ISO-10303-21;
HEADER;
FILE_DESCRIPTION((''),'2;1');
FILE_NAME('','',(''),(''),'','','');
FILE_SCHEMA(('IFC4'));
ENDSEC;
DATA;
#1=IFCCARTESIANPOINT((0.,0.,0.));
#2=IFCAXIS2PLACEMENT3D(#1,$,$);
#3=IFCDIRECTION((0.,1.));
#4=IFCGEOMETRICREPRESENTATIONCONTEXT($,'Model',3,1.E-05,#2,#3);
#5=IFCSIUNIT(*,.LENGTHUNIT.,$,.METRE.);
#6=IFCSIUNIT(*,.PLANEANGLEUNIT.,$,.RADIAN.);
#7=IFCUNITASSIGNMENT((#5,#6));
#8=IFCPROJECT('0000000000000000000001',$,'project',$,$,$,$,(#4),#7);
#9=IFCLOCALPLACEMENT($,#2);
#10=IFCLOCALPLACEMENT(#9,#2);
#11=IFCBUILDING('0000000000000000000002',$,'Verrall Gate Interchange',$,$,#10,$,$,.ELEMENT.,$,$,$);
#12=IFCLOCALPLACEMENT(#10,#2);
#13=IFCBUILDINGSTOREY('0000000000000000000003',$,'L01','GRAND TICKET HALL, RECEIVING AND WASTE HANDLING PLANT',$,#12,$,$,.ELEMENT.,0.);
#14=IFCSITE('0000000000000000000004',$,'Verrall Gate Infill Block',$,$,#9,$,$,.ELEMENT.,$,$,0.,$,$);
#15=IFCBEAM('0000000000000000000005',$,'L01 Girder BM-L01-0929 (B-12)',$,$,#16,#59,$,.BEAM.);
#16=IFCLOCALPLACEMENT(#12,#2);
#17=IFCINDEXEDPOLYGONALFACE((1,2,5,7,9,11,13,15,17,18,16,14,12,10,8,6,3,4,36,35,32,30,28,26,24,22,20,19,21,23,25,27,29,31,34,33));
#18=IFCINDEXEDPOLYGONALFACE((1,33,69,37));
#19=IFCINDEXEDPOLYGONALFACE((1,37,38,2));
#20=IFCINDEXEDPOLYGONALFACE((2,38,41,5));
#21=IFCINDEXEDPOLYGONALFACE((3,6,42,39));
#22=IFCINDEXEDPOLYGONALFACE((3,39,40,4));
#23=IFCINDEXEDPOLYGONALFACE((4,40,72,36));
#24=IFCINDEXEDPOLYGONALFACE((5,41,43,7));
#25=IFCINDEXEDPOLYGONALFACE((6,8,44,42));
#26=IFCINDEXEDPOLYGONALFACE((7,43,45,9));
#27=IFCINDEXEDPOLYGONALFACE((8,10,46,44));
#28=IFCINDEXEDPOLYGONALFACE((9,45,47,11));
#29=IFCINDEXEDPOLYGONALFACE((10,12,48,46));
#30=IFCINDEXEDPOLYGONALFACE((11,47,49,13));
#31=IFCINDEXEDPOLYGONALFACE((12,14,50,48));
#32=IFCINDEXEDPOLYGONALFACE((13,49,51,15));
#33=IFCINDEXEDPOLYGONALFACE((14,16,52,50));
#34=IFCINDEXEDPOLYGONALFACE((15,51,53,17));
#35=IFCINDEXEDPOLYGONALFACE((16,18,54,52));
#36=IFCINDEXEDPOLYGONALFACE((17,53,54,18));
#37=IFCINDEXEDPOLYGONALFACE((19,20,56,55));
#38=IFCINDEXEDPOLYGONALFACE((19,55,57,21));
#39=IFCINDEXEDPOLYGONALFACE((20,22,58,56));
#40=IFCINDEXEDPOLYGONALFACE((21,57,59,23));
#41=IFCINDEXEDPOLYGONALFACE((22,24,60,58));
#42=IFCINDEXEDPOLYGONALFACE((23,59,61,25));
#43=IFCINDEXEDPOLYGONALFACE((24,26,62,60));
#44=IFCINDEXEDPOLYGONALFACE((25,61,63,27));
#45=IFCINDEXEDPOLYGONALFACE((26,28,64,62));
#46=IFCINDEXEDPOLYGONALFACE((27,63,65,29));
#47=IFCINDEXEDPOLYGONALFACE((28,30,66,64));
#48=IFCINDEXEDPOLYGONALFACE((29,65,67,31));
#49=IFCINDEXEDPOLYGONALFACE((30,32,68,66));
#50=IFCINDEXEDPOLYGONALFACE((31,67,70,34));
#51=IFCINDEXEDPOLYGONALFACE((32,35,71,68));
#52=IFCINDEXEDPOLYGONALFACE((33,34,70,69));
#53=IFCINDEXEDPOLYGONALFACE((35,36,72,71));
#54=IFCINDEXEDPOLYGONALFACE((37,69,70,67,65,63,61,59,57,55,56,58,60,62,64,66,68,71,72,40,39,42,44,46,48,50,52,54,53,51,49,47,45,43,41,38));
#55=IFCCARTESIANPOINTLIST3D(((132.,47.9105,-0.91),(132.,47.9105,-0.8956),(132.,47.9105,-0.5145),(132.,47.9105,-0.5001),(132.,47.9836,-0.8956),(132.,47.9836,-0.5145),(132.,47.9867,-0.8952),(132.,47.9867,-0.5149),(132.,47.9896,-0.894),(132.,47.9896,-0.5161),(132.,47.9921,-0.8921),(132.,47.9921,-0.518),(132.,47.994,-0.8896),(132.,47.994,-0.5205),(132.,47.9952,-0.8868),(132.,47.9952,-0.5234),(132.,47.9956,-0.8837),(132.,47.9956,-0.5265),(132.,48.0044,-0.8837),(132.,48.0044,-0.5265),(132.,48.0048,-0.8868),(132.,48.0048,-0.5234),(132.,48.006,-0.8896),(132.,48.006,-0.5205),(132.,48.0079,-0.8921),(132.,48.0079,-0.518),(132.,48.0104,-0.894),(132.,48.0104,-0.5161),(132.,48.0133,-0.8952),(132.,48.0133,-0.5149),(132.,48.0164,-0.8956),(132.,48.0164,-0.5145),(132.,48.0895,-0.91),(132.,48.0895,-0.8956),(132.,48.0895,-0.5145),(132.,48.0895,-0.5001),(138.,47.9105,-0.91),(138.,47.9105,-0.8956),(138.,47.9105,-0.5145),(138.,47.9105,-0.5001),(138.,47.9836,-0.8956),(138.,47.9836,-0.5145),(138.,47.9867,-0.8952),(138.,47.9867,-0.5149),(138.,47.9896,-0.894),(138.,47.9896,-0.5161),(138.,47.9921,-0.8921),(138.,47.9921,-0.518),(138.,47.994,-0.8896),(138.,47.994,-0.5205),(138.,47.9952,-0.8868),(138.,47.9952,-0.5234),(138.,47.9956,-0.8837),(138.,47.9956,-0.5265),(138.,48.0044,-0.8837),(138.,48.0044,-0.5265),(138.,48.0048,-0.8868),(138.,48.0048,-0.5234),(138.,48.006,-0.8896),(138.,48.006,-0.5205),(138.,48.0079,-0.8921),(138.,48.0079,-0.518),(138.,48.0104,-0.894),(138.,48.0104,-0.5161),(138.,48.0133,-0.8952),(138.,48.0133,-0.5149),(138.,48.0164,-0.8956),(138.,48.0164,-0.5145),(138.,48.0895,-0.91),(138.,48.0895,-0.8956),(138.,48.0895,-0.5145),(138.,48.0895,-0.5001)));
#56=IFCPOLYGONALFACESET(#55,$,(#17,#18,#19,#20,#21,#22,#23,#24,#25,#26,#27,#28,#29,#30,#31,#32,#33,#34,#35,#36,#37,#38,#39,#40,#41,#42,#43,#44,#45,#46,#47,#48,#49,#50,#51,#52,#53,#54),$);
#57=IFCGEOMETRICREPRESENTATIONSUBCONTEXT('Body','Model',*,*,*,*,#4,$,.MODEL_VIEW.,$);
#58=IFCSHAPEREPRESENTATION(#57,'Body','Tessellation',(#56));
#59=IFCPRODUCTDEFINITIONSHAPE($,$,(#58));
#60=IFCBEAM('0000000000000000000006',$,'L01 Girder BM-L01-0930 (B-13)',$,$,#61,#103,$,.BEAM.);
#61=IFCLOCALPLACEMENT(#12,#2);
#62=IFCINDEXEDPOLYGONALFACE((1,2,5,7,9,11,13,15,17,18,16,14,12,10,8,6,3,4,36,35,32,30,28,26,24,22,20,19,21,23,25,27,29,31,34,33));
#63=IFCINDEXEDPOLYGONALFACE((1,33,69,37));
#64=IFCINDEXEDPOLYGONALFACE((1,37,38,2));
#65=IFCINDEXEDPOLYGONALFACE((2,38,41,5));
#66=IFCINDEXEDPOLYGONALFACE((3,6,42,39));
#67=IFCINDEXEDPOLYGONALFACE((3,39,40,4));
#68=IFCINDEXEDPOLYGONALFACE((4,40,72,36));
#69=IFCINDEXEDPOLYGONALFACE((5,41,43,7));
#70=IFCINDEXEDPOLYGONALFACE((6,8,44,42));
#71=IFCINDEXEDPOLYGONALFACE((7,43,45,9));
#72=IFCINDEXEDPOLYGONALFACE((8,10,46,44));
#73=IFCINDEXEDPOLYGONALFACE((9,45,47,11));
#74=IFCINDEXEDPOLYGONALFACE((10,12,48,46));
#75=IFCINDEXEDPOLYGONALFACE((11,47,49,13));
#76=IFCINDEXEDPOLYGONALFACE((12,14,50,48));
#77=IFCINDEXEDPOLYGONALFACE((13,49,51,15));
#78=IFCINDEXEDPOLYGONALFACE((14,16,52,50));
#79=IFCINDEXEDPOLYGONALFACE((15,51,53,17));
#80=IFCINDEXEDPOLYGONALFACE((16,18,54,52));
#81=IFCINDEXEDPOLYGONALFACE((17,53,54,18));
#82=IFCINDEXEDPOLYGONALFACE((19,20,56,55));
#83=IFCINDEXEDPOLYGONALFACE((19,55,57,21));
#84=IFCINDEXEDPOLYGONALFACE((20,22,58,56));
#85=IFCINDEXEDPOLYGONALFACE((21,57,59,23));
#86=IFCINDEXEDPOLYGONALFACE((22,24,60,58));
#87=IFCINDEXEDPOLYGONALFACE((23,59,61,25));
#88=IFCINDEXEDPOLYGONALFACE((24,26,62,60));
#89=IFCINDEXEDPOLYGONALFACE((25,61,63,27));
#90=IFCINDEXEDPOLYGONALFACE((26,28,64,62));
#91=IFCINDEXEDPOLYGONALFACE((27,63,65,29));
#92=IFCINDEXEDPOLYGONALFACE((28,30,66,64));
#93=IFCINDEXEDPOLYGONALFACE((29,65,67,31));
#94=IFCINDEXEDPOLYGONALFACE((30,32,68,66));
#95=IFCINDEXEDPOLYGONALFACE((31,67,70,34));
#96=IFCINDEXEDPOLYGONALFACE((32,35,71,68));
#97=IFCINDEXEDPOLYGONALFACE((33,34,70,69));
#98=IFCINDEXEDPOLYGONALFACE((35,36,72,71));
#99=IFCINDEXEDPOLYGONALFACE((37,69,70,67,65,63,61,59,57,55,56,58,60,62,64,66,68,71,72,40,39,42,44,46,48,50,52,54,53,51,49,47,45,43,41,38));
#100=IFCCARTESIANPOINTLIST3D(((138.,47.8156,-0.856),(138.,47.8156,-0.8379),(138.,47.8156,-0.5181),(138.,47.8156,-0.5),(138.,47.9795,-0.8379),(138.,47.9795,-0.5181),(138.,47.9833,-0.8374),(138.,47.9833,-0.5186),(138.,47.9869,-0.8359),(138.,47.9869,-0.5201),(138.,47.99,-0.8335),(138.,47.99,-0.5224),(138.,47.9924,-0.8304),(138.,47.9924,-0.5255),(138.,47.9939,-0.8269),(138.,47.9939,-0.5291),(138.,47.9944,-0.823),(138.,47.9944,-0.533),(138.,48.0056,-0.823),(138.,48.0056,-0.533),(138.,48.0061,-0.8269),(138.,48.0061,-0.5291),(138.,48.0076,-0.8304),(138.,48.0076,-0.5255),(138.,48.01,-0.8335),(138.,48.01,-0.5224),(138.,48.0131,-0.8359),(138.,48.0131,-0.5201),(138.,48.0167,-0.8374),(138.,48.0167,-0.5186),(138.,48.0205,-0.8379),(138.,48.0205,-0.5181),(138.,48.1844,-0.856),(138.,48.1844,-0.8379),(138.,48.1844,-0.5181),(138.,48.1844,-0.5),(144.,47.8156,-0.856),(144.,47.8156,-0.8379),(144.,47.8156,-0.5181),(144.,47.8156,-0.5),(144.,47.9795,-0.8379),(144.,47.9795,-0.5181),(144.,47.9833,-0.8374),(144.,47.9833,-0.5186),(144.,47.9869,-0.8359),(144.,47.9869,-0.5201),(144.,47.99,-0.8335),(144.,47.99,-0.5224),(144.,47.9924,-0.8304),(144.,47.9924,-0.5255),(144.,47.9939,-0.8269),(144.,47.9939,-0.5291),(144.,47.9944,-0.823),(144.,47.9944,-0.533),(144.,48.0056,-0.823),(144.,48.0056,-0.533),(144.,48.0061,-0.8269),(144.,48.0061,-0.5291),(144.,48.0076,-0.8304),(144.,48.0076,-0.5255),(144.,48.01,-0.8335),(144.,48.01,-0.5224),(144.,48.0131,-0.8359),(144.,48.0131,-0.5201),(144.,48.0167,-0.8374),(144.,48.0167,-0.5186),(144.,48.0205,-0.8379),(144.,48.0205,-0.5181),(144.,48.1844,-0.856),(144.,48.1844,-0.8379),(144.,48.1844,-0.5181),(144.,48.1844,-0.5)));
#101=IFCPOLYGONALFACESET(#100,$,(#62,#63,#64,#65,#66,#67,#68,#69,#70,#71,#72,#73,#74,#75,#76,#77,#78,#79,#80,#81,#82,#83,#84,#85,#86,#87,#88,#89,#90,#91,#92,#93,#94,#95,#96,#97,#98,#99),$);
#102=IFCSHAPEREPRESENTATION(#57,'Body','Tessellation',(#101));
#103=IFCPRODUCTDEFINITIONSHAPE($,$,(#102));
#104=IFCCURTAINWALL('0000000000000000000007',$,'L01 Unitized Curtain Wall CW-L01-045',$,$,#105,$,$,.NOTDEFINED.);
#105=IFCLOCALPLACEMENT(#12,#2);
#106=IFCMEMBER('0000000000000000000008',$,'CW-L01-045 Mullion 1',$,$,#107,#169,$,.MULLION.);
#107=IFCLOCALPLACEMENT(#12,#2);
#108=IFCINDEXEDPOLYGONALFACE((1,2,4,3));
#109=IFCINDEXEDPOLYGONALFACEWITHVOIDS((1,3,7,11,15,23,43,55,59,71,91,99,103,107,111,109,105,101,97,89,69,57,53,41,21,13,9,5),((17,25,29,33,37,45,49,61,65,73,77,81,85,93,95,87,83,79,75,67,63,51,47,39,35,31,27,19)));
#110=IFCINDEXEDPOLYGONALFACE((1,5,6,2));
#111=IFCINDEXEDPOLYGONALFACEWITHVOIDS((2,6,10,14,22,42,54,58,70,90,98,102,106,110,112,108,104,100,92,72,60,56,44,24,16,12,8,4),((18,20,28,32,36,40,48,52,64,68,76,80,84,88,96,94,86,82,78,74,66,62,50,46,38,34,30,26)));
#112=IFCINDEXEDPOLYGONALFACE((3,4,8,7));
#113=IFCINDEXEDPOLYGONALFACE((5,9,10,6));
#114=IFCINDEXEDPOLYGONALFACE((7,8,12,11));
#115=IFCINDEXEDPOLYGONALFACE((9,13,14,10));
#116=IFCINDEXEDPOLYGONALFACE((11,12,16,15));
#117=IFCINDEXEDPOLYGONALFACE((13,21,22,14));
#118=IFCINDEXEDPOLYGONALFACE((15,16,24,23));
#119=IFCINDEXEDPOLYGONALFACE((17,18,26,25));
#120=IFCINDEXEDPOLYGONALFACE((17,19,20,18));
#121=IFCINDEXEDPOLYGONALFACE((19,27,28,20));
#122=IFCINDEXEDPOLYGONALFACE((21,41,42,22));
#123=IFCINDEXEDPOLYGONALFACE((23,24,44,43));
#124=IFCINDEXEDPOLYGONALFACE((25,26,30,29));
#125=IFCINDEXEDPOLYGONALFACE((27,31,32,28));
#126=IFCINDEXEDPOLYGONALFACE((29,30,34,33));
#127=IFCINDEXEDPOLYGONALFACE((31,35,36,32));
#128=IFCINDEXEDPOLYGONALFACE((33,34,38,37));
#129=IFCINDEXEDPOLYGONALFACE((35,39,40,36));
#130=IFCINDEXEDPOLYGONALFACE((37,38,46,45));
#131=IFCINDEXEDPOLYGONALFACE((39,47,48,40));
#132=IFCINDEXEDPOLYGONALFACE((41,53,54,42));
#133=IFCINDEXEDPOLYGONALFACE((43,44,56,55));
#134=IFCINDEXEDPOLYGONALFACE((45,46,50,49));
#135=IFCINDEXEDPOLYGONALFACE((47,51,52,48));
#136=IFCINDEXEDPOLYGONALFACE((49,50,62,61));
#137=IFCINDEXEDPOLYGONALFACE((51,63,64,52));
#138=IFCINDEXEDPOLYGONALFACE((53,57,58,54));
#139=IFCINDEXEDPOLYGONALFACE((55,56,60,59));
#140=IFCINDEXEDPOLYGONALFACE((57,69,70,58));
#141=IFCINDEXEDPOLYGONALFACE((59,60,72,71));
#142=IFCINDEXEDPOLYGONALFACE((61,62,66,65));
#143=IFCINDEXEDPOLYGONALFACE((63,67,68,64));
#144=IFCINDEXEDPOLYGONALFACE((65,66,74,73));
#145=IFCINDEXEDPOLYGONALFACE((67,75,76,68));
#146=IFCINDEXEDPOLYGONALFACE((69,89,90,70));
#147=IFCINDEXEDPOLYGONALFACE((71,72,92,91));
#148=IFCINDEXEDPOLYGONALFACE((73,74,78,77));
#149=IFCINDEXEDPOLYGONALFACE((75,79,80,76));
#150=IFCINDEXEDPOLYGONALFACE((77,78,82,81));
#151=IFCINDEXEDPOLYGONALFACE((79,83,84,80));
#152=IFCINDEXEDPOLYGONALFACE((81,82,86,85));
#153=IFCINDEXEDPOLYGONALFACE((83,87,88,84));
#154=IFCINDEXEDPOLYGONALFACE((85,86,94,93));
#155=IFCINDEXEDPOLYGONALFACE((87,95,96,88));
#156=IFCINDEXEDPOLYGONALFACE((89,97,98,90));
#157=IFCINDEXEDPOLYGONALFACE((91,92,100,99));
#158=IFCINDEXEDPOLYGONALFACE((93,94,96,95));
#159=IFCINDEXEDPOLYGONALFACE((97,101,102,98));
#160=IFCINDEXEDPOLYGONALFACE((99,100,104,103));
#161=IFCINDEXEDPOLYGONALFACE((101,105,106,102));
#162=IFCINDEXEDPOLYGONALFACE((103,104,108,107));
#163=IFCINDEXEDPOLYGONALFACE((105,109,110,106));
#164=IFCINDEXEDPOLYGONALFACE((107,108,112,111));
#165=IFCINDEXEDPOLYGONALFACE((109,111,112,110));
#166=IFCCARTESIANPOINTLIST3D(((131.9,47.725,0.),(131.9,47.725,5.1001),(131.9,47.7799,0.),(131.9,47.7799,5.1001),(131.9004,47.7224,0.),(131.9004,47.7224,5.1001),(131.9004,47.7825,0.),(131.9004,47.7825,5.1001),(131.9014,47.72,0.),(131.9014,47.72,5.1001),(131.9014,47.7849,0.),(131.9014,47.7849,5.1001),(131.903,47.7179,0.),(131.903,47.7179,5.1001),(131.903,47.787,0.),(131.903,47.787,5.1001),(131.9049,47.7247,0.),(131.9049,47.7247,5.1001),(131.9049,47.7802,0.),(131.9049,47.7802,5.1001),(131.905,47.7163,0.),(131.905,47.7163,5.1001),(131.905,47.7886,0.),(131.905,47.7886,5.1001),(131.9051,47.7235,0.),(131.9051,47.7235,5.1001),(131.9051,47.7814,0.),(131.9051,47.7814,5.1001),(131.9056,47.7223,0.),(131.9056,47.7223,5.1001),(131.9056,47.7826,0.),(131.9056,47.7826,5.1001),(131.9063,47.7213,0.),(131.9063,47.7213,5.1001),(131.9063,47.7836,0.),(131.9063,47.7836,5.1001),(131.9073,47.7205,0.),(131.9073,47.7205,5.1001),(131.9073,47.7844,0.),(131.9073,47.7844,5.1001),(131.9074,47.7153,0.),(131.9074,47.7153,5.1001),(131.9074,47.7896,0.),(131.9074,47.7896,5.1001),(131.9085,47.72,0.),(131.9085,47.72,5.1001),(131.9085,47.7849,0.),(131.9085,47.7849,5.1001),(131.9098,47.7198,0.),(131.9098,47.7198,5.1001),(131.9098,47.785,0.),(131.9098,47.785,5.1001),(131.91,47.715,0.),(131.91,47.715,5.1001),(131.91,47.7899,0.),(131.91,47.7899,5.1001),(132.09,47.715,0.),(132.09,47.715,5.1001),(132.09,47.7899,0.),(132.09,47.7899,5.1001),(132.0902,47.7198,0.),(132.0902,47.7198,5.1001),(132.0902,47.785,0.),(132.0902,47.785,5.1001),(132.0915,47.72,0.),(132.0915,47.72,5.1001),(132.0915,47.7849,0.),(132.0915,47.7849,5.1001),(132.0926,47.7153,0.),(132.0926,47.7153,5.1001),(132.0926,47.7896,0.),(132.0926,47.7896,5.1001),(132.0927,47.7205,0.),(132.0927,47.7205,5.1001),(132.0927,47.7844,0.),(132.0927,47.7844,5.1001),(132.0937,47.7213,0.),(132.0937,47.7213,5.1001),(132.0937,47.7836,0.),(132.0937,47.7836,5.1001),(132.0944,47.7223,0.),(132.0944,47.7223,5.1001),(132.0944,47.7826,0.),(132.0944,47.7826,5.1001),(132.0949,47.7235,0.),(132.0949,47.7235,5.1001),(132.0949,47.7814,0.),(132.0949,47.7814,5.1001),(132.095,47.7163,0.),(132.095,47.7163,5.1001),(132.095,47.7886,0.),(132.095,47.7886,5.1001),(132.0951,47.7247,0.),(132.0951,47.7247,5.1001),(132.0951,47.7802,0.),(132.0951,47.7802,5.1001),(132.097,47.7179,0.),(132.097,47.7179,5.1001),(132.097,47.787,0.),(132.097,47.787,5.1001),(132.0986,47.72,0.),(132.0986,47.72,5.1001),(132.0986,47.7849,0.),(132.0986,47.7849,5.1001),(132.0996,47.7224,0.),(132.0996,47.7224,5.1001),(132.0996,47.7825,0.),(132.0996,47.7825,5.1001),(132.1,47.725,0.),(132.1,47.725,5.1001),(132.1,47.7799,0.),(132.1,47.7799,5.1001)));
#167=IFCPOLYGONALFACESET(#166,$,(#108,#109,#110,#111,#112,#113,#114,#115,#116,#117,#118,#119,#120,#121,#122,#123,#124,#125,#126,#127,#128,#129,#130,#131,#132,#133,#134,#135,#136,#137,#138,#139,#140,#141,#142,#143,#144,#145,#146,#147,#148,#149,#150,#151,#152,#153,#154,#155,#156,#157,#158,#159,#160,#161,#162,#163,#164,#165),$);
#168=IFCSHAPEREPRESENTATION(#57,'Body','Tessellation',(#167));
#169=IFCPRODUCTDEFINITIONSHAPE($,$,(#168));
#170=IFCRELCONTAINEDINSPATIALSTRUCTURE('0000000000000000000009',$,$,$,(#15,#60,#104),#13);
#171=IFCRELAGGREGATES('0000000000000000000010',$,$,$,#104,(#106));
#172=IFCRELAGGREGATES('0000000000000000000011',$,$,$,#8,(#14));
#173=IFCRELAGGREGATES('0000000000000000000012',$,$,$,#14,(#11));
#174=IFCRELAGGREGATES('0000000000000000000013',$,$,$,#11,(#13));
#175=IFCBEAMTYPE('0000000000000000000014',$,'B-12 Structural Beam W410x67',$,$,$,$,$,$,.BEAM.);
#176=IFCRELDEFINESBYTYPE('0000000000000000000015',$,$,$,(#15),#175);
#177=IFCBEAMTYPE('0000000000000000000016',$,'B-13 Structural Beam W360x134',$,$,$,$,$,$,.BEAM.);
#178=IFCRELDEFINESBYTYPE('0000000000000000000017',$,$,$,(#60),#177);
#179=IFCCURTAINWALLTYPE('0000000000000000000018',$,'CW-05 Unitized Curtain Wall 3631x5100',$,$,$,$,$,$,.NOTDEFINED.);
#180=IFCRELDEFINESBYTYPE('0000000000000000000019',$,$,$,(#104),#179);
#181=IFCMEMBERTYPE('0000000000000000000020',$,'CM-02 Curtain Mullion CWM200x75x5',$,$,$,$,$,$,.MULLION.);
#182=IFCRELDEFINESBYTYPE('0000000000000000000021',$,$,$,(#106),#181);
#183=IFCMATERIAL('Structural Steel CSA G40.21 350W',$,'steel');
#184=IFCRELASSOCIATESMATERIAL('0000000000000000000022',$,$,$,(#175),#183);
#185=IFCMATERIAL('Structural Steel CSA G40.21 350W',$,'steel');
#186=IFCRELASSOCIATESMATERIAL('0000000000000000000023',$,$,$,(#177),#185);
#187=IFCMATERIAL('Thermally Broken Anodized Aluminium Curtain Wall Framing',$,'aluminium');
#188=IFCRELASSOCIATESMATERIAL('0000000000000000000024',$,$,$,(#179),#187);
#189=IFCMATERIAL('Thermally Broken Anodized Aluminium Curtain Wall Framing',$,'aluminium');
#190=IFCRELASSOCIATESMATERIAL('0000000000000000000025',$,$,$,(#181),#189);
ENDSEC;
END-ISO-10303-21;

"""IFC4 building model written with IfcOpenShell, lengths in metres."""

from ifc_helpers import new_model, si_unit, direction, frame, origin, origin_2d, place, context, subcontext, project, spatial, hollow_rectangle, i_section, extrude, material, material_profile, profile_set, type_object, element, aggregate, save


model = new_model("IFC4")

# Units and contexts
model_context = context("Model", 3, precision=1e-05, world=origin(), true_north=direction((0.0, 1.0)))
body_context = subcontext(model_context, "Body", "Model", "MODEL_VIEW")
ifc_project = project(units=[si_unit("LENGTHUNIT", "METRE"), si_unit("PLANEANGLEUNIT", "RADIAN")], contexts=[model_context])

# Site, building, storey
site_placement = place(None, origin())
site = spatial("IfcSite", under=ifc_project, at=site_placement, Name="Verrall Gate Infill Block", CompositionType="ELEMENT", RefElevation=0.0)
building_placement = place(site_placement, origin())
building = spatial("IfcBuilding", under=site, at=building_placement, Name="Verrall Gate Interchange", CompositionType="ELEMENT")
storey_placement = place(building_placement, origin())
storey = spatial("IfcBuildingStorey", under=building, at=storey_placement, Name="L01", Description="GRAND TICKET HALL, RECEIVING AND WASTE HANDLING PLANT", CompositionType="ELEMENT", Elevation=0.0)

# Beams
ifc_material_1 = material(Name="Structural Steel CSA G40.21 350W", Category="steel")
ifc_material_profile_1 = material_profile(ifc_material_1, i_section(OverallWidth=0.179, OverallDepth=0.4099, WebThickness=0.0088, FlangeThickness=0.0144, FilletRadius=0.012, at=origin_2d()), Name="W410x67")
ifc_profile_set_1 = profile_set([ifc_material_profile_1], Name="Structural Steel CSA G40.21 350W")
beam_type_1 = type_object("IfcBeamType", Name="B-12 Structural Beam W410x67", PredefinedType="BEAM", material=ifc_profile_set_1)
beam_1_placement = place(storey_placement, frame((132.0, 48.0, -0.7051), z_axis=(1.0, 0.0, 0.0), x_axis=(0.0, 1.0, 0.0)))
element("IfcBeam", 1, at=beam_1_placement, inside=storey, type_object=beam_type_1, Name="L01 Girder BM-L01-0929 (B-12)", PredefinedType="BEAM", context=body_context, shape_type="SweptSolid", body=[
    extrude(i_section(OverallWidth=0.179, OverallDepth=0.4099, WebThickness=0.0088, FlangeThickness=0.0144, FilletRadius=0.012, at=origin_2d()), origin(), (0.0, 0.0, 1.0), 6.0),
])
ifc_material_2 = material(Name="Structural Steel CSA G40.21 350W", Category="steel")
ifc_material_profile_2 = material_profile(ifc_material_2, i_section(OverallWidth=0.3689, OverallDepth=0.356, WebThickness=0.0112, FlangeThickness=0.0181, FilletRadius=0.0149, at=origin_2d()), Name="W360x134")
ifc_profile_set_2 = profile_set([ifc_material_profile_2], Name="Structural Steel CSA G40.21 350W")
beam_type_2 = type_object("IfcBeamType", Name="B-13 Structural Beam W360x134", PredefinedType="BEAM", material=ifc_profile_set_2)
beam_2_placement = place(storey_placement, frame((138.0, 48.0, -0.678), z_axis=(1.0, 0.0, 0.0), x_axis=(0.0, 1.0, 0.0)))
element("IfcBeam", 2, at=beam_2_placement, inside=storey, type_object=beam_type_2, Name="L01 Girder BM-L01-0930 (B-13)", PredefinedType="BEAM", context=body_context, shape_type="SweptSolid", body=[
    extrude(i_section(OverallWidth=0.3689, OverallDepth=0.356, WebThickness=0.0112, FlangeThickness=0.0181, FilletRadius=0.0149, at=origin_2d()), origin(), (0.0, 0.0, 1.0), 6.0),
])

# Curtain wall, member
ifc_material_3 = material(Name="Thermally Broken Anodized Aluminium Curtain Wall Framing", Category="aluminium")
curtain_wall_type = type_object("IfcCurtainWallType", Name="CW-05 Unitized Curtain Wall 3631x5100", PredefinedType="NOTDEFINED", material=ifc_material_3)
curtain_wall_placement = place(storey_placement, origin())
curtain_wall = element("IfcCurtainWall", 3, at=curtain_wall_placement, inside=storey, type_object=curtain_wall_type, Name="L01 Unitized Curtain Wall CW-L01-045", PredefinedType="NOTDEFINED")
ifc_material_4 = material(Name="Thermally Broken Anodized Aluminium Curtain Wall Framing", Category="aluminium")
ifc_material_profile_3 = material_profile(ifc_material_4, hollow_rectangle(XDim=0.075, YDim=0.2, WallThickness=0.0049, InnerFilletRadius=0.0049, OuterFilletRadius=0.01, at=origin_2d()), Name="CWM200x75x5")
ifc_profile_set_3 = profile_set([ifc_material_profile_3], Name="Thermally Broken Anodized Aluminium Curtain Wall Framing")
member_type_1 = type_object("IfcMemberType", Name="CM-02 Curtain Mullion CWM200x75x5", PredefinedType="MULLION", material=ifc_profile_set_3)
member_1_placement = place(storey_placement, frame((132.0, 47.7524, 0.0), z_axis=(0.0, 0.0, 1.0), x_axis=(0.0, -1.0, 0.0)))
member_1 = element("IfcMember", 4, at=member_1_placement, type_object=member_type_1, Name="CW-L01-045 Mullion 1", PredefinedType="MULLION", context=body_context, shape_type="SweptSolid", body=[
    extrude(hollow_rectangle(XDim=0.075, YDim=0.2, WallThickness=0.0049, InnerFilletRadius=0.0049, OuterFilletRadius=0.01, at=origin_2d()), origin(), (0.0, 0.0, 1.0), 5.1001),
])

aggregate(curtain_wall, [member_1])

save(model, "model.ifc")
